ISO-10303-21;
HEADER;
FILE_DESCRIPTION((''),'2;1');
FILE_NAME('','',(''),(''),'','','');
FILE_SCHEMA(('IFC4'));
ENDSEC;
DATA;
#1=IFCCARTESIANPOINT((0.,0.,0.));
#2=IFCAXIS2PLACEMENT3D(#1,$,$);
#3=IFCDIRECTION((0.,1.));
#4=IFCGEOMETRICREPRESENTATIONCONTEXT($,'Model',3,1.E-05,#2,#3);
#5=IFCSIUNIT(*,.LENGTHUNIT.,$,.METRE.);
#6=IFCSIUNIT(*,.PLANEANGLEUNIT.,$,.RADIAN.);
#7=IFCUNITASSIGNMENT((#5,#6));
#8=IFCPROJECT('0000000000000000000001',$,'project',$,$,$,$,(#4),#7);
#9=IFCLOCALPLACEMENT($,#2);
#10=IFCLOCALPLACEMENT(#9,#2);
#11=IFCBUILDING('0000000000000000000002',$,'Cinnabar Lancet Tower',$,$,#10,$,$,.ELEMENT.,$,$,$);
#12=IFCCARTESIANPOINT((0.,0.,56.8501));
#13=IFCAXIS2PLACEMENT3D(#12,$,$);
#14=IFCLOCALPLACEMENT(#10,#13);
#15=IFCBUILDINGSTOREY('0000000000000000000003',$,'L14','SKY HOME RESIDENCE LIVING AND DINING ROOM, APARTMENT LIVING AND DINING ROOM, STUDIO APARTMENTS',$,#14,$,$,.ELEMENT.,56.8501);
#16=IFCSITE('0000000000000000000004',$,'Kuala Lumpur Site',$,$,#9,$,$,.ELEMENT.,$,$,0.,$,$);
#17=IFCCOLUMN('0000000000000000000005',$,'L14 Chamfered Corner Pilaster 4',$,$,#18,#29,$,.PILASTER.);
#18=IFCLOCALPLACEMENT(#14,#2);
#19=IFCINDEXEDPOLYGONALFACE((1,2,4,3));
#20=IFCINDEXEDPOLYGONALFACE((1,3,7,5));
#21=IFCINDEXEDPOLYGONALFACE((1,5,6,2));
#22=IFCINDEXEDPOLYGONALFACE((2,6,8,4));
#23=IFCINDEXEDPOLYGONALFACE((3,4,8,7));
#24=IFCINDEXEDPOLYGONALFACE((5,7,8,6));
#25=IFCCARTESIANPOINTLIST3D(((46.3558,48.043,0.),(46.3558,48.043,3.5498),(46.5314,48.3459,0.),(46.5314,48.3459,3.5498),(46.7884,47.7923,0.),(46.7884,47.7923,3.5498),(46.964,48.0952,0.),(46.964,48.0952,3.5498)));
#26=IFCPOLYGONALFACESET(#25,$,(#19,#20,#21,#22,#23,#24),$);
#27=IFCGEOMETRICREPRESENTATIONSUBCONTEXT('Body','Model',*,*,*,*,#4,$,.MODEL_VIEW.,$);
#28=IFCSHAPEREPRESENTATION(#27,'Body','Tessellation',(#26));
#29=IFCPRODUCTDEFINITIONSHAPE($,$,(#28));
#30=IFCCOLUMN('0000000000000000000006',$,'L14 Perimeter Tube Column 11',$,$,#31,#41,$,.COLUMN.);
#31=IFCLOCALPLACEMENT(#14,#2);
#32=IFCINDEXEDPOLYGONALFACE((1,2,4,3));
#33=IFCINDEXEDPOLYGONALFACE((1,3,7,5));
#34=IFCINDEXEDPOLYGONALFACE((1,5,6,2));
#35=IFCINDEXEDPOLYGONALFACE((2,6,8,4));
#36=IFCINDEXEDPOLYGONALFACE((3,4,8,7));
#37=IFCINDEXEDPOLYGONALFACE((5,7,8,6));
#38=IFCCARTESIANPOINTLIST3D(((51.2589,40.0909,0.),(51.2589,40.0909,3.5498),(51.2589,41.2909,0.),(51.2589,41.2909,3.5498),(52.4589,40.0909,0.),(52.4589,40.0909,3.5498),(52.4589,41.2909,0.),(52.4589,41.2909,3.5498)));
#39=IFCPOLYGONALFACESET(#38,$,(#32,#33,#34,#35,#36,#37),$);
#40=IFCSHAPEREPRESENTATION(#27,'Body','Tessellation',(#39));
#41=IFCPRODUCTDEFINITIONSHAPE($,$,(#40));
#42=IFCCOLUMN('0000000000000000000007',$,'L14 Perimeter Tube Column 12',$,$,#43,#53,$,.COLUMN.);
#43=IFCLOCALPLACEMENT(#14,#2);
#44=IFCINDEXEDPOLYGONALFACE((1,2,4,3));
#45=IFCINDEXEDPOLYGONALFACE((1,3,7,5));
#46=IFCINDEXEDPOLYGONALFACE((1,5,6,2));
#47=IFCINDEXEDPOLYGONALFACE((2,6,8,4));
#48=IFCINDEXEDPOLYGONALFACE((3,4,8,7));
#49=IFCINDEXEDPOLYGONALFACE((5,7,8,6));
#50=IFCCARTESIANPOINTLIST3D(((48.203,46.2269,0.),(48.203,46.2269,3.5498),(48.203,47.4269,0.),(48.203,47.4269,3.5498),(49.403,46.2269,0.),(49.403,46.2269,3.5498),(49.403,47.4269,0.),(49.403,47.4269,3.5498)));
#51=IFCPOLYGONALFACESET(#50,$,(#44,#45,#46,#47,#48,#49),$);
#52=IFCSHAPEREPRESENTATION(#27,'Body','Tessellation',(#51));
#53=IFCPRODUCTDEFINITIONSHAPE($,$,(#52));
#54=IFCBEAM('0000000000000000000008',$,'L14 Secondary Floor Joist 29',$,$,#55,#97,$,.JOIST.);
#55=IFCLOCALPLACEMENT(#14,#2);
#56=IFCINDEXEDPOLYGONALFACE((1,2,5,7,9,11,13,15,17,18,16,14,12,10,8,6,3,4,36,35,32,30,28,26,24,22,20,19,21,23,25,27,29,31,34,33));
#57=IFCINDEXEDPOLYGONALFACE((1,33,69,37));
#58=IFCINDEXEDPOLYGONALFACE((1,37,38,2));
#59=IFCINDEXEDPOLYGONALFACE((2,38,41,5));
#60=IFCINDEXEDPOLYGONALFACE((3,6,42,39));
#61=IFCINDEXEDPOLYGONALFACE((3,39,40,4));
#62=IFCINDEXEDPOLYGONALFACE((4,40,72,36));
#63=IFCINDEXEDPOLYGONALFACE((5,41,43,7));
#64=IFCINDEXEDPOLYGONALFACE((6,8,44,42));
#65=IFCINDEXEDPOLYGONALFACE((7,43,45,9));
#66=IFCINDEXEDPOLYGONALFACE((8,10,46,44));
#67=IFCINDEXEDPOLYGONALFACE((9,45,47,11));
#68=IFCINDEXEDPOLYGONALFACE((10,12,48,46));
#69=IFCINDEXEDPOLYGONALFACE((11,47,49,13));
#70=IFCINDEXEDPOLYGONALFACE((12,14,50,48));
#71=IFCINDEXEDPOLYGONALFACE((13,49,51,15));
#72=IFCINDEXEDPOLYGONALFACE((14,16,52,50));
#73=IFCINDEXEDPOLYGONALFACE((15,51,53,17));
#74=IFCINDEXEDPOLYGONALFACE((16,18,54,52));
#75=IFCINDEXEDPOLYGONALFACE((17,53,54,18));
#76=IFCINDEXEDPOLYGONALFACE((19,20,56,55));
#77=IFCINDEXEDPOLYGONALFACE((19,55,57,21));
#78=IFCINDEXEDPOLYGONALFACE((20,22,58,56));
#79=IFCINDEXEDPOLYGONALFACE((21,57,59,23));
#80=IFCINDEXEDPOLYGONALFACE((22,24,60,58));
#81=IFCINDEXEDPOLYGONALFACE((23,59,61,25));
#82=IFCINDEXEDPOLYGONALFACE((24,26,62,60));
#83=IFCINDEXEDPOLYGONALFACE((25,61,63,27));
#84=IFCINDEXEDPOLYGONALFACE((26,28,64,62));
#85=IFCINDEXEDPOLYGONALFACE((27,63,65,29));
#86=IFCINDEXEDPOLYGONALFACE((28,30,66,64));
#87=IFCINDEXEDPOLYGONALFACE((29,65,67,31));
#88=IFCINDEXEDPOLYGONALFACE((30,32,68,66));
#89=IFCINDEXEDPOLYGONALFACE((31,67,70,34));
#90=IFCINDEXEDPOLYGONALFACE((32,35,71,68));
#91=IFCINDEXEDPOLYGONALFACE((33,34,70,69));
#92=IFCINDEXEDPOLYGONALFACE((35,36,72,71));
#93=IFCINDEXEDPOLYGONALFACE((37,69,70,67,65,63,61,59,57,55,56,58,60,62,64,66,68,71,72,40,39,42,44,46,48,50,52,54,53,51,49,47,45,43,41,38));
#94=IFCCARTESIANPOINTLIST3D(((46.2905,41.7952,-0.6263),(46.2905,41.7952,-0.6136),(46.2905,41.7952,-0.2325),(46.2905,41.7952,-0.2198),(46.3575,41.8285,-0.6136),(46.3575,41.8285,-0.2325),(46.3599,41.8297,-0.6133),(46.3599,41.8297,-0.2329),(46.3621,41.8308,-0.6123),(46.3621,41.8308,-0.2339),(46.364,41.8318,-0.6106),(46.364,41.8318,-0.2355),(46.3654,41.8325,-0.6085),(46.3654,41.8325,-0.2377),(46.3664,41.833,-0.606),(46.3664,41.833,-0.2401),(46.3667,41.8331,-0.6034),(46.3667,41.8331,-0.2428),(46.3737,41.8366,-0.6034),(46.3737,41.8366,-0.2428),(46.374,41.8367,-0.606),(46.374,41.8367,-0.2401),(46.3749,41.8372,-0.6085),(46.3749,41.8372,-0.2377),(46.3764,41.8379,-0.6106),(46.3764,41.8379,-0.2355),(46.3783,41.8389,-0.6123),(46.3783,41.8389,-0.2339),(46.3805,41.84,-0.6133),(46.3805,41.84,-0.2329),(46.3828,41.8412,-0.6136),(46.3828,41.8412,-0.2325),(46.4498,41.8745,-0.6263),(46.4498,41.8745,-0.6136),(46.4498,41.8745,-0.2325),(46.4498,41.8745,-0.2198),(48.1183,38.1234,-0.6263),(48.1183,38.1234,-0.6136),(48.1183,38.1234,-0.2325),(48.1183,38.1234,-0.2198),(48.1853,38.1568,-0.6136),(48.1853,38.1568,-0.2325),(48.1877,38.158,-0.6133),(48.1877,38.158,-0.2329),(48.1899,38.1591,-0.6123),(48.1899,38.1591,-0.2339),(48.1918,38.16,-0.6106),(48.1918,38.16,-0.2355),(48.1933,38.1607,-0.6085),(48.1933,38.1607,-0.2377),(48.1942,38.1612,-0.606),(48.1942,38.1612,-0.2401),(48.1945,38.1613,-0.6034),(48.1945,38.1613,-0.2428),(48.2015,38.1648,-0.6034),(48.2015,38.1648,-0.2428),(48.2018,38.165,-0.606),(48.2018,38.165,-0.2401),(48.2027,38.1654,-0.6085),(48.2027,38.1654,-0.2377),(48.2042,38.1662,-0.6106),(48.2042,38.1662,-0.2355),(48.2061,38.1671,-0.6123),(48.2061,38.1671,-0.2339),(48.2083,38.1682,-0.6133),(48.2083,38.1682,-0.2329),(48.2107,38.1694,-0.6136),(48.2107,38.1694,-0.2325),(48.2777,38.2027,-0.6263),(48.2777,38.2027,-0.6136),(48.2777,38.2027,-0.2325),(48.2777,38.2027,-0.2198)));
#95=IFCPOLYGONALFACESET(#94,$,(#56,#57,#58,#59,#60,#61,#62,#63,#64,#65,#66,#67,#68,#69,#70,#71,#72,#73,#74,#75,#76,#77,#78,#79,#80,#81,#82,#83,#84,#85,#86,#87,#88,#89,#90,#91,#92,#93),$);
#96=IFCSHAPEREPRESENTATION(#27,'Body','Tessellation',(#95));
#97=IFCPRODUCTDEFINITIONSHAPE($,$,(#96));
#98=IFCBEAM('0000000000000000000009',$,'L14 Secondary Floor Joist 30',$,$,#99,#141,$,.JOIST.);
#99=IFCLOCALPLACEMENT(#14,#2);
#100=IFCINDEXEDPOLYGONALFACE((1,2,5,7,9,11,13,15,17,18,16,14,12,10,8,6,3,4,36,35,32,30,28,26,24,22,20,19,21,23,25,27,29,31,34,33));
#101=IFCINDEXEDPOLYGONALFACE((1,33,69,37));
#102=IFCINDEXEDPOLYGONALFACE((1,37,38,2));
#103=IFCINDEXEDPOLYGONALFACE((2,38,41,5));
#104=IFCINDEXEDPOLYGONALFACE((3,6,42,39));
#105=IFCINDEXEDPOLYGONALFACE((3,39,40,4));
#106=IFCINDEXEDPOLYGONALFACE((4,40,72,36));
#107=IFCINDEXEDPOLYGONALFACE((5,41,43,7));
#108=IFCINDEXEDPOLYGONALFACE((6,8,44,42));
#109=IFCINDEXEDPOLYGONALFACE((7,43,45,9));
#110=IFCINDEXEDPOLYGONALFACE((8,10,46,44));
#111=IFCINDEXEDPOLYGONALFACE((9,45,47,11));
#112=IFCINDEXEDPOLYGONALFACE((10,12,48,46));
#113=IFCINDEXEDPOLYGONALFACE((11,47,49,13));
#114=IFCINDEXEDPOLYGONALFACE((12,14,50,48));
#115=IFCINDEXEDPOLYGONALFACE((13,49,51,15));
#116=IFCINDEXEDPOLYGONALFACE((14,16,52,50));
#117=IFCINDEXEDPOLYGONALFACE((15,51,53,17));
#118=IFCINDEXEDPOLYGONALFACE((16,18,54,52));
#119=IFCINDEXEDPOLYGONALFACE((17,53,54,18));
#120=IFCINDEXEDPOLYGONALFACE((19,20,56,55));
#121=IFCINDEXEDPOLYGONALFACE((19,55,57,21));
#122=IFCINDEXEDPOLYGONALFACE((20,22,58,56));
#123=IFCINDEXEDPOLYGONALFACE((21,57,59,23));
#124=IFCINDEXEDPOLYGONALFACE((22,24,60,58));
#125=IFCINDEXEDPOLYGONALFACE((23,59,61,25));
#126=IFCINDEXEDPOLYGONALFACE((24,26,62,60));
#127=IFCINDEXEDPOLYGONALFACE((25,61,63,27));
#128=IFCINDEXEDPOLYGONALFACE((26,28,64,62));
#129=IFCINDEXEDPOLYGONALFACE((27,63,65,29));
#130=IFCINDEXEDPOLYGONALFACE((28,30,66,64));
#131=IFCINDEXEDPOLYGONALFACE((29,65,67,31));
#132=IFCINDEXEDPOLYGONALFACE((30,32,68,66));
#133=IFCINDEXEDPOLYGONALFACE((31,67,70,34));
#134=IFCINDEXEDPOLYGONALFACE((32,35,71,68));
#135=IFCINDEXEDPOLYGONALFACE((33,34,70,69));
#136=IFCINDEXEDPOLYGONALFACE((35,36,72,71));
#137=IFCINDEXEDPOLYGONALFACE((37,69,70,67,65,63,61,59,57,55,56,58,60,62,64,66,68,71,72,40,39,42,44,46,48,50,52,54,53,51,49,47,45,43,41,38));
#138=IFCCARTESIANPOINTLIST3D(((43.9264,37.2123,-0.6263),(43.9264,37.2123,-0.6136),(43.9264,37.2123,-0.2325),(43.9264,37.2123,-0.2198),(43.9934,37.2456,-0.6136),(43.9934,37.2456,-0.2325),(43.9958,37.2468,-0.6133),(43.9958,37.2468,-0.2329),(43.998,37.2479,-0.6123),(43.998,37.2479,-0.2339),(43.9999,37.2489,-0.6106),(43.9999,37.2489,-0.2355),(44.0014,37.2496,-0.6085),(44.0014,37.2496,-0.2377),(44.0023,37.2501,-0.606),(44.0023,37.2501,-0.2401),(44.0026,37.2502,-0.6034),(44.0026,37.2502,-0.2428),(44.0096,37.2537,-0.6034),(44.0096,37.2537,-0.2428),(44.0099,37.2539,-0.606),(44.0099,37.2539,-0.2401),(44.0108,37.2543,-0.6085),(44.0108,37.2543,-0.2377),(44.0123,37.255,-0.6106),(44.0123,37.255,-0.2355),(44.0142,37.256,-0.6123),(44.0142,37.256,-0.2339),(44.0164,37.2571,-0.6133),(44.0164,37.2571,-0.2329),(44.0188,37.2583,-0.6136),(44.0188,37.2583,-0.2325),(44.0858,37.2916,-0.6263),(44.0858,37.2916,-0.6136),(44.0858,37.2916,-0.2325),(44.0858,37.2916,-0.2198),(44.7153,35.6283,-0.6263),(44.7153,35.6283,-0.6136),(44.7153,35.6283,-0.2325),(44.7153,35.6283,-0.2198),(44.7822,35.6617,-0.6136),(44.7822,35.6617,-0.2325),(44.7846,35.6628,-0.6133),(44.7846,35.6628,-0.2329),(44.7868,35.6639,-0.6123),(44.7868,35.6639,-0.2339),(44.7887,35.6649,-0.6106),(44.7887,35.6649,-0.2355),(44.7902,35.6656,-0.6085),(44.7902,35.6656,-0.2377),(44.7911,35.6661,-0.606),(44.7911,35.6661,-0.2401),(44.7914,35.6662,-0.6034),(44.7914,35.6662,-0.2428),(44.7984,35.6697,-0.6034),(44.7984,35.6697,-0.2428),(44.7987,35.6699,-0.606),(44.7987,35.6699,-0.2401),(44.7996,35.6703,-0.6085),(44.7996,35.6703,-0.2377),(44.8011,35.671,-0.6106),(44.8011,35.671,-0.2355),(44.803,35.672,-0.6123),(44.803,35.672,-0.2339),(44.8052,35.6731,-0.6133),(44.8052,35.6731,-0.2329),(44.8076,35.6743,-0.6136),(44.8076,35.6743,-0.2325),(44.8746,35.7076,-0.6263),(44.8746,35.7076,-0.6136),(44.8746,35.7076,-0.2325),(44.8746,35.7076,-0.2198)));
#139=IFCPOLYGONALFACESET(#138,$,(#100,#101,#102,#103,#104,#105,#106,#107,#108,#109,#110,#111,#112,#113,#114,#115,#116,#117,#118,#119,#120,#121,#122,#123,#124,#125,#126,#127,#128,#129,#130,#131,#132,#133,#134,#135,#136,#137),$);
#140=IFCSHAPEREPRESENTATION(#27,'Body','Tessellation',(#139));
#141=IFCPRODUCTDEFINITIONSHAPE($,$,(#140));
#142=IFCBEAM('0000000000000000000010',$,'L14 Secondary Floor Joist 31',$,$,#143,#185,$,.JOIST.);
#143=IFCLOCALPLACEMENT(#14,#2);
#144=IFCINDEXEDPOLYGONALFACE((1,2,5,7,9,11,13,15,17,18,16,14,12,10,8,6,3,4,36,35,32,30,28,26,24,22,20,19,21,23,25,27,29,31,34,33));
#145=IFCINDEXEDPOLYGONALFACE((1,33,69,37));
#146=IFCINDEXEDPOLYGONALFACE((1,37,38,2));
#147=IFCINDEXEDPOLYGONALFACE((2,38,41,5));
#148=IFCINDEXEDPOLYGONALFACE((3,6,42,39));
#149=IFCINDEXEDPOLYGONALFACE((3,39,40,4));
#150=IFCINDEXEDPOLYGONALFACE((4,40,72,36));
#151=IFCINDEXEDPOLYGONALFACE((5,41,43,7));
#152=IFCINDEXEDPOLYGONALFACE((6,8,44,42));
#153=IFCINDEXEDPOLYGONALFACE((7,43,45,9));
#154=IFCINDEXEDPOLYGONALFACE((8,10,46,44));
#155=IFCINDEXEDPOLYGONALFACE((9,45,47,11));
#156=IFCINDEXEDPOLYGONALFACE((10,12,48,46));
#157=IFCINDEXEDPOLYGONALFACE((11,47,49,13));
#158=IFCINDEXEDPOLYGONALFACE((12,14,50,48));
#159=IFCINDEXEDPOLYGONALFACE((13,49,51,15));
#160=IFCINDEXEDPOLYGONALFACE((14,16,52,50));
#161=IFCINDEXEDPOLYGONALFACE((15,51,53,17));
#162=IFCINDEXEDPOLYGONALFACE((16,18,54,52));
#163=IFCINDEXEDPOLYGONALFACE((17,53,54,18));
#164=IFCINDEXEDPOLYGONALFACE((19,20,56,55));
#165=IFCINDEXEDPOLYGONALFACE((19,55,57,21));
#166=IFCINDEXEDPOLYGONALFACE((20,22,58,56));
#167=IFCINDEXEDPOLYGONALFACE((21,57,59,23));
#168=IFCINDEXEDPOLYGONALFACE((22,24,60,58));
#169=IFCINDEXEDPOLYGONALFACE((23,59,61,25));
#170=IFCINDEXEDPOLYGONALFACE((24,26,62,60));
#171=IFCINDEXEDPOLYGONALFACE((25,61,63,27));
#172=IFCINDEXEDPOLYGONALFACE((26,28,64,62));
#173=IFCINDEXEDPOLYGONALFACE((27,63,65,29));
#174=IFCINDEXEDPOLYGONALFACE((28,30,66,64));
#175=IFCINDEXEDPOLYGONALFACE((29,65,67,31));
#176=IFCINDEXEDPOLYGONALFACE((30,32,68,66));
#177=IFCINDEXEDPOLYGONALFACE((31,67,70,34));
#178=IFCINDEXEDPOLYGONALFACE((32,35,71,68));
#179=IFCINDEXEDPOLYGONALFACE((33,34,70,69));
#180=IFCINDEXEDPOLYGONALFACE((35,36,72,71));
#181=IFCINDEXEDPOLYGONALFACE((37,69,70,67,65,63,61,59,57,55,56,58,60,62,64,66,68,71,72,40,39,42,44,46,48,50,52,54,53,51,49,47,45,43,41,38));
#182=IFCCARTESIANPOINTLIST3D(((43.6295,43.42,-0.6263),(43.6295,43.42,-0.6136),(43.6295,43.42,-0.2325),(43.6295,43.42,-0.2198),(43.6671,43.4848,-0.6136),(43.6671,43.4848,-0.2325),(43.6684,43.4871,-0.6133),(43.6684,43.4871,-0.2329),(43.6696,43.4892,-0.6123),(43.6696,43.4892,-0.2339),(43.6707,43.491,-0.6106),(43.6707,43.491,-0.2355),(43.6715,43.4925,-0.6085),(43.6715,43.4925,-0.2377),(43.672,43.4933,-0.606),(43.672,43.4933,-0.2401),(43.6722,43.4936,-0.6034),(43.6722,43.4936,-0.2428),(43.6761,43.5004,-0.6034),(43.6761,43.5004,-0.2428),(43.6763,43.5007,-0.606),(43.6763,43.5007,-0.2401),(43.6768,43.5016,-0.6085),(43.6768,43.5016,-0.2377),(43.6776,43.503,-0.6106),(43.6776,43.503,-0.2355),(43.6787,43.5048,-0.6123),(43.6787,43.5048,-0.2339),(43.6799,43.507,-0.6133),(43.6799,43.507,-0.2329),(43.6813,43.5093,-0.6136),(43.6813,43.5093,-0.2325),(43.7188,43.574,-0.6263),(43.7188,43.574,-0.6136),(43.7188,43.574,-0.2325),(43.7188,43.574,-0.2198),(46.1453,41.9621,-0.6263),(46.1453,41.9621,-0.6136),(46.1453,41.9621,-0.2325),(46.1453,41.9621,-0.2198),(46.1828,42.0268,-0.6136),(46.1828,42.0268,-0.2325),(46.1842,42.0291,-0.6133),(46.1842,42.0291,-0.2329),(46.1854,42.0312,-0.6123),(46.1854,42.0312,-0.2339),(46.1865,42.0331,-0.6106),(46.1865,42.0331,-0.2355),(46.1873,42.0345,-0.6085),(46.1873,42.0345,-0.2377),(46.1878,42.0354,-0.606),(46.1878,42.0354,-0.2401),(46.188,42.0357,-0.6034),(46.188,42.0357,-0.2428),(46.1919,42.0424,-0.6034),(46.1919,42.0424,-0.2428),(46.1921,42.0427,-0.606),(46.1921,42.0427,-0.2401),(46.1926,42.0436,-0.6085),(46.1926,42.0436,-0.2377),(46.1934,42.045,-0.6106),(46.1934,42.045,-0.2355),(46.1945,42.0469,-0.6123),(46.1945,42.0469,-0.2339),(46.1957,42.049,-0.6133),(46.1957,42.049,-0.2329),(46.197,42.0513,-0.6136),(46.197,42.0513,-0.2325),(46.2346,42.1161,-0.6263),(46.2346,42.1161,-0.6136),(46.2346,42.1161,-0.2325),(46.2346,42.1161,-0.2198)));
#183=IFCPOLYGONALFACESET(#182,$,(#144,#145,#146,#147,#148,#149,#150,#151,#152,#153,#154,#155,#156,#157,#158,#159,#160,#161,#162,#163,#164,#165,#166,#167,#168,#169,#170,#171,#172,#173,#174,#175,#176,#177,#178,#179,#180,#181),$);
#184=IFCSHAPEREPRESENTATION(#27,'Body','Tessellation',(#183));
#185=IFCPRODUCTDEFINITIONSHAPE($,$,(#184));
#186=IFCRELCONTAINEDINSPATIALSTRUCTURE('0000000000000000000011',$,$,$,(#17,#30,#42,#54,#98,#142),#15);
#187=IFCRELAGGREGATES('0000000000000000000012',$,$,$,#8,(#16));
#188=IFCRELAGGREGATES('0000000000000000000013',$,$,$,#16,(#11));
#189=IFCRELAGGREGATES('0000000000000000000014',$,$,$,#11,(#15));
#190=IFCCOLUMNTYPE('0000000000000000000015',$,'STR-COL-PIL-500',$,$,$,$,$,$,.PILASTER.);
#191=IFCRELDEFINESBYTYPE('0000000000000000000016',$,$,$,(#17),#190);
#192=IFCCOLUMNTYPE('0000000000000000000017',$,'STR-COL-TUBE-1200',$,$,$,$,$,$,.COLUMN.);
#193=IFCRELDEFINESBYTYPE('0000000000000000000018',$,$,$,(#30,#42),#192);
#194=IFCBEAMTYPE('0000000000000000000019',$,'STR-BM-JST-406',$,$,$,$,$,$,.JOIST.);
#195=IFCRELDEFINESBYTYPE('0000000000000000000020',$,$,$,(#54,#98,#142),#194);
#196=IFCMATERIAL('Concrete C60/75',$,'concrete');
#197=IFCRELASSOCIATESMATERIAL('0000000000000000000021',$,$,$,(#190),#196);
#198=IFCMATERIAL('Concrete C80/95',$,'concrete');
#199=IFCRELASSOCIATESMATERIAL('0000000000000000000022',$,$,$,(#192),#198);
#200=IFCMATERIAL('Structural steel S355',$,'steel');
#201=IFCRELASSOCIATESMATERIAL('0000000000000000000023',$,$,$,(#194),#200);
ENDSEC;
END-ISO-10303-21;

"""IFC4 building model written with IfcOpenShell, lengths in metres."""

from ifc_helpers import new_model, si_unit, direction, frame, origin, origin_2d, place, context, subcontext, project, spatial, rectangle, i_section, extrude, material, material_profile, profile_set, type_object, element, save


model = new_model("IFC4")

# Units and contexts
model_context = context("Model", 3, precision=1e-05, world=origin(), true_north=direction((0.0, 1.0)))
body_context = subcontext(model_context, "Body", "Model", "MODEL_VIEW")
ifc_project = project(units=[si_unit("LENGTHUNIT", "METRE"), si_unit("PLANEANGLEUNIT", "RADIAN")], contexts=[model_context])

# Site, building, storey
site_placement = place(None, origin())
site = spatial("IfcSite", under=ifc_project, at=site_placement, Name="Kuala Lumpur Site", CompositionType="ELEMENT", RefElevation=0.0)
building_placement = place(site_placement, origin())
building = spatial("IfcBuilding", under=site, at=building_placement, Name="Cinnabar Lancet Tower", CompositionType="ELEMENT")
storey_placement = place(building_placement, frame((0.0, 0.0, 56.8501)))
storey = spatial("IfcBuildingStorey", under=building, at=storey_placement, Name="L14", Description="SKY HOME RESIDENCE LIVING AND DINING ROOM, APARTMENT LIVING AND DINING ROOM, STUDIO APARTMENTS", CompositionType="ELEMENT", Elevation=56.8501)

# Columns
ifc_material_1 = material(Name="Concrete C60/75", Category="concrete")
ifc_material_profile_1 = material_profile(ifc_material_1, rectangle(XDim=0.5, YDim=0.3501, at=origin_2d()), Name="RC-PIL 500x350")
ifc_profile_set_1 = profile_set([ifc_material_profile_1], Name="Concrete C60/75")
column_type_1 = type_object("IfcColumnType", Name="STR-COL-PIL-500", PredefinedType="PILASTER", material=ifc_profile_set_1)
column_placement = place(storey_placement, frame((46.6599, 48.0691, 0.0), z_axis=(0.0, 0.0, 1.0), x_axis=(-0.865195, 0.501435, 0.0)))
element("IfcColumn", 1, at=column_placement, inside=storey, type_object=column_type_1, Name="L14 Chamfered Corner Pilaster 4", PredefinedType="PILASTER", context=body_context, shape_type="SweptSolid", body=[
    extrude(rectangle(XDim=0.5, YDim=0.3501, at=origin_2d()), origin(), (0.0, 0.0, 1.0), 3.5498),
])
ifc_material_2 = material(Name="Concrete C80/95", Category="concrete")
ifc_material_profile_2 = material_profile(ifc_material_2, rectangle(XDim=1.2, YDim=1.2, at=origin_2d()), Name="RC-COL 1200x1200")
ifc_profile_set_2 = profile_set([ifc_material_profile_2], Name="Concrete C80/95")
column_type_2 = type_object("IfcColumnType", Name="STR-COL-TUBE-1200", PredefinedType="COLUMN", material=ifc_profile_set_2)
for number, where, z_axis, x_axis, name in (
    (2, (51.8589, 40.6909, 0.0), (0.0, 0.0, 1.0), (1.0, 0.0, 0.0), "L14 Perimeter Tube Column 11"),
    (3, (48.803, 46.8269, 0.0), (0.0, 0.0, 1.0), (1.0, 0.0, 0.0), "L14 Perimeter Tube Column 12"),
):
    element("IfcColumn", number, at=place(storey_placement, frame(where, z_axis=z_axis, x_axis=x_axis)), inside=storey, type_object=column_type_2, Name=name, PredefinedType="COLUMN", context=body_context, shape_type="SweptSolid", body=[
        extrude(rectangle(XDim=1.2, YDim=1.2, at=origin_2d()), origin(), (0.0, 0.0, 1.0), 3.5498),
    ])

# Beams
ifc_material_3 = material(Name="Structural steel S355", Category="steel")
ifc_material_profile_3 = material_profile(ifc_material_3, i_section(OverallWidth=0.178, OverallDepth=0.4065, WebThickness=0.0078, FlangeThickness=0.0127, FilletRadius=0.0103, at=origin_2d()), Name="UKB 406x178x60")
ifc_profile_set_3 = profile_set([ifc_material_profile_3], Name="Structural steel S355")
beam_type_1 = type_object("IfcBeamType", Name="STR-BM-JST-406", PredefinedType="JOIST", material=ifc_profile_set_3)
beam_1_placement = place(storey_placement, frame((48.198, 38.1631, -0.4231), z_axis=(-0.445642, 0.895212, 0.0), x_axis=(-0.895212, -0.445642, 0.0)))
element("IfcBeam", 4, at=beam_1_placement, inside=storey, type_object=beam_type_1, Name="L14 Secondary Floor Joist 29", PredefinedType="JOIST", context=body_context, shape_type="SweptSolid", body=[
    extrude(i_section(OverallWidth=0.178, OverallDepth=0.4065, WebThickness=0.0078, FlangeThickness=0.0127, FilletRadius=0.0103, at=origin_2d()), origin(), (0.0, 0.0, 1.0), 4.1016),
])
beam_2_placement = place(storey_placement, frame((44.7949, 35.668, -0.4231), z_axis=(-0.445778, 0.895143, 0.0), x_axis=(-0.895143, -0.445778, 0.0)))
element("IfcBeam", 5, at=beam_2_placement, inside=storey, type_object=beam_type_1, Name="L14 Secondary Floor Joist 30", PredefinedType="JOIST", context=body_context, shape_type="SweptSolid", body=[
    extrude(i_section(OverallWidth=0.178, OverallDepth=0.4065, WebThickness=0.0078, FlangeThickness=0.0127, FilletRadius=0.0103, at=origin_2d()), origin(), (0.0, 0.0, 1.0), 1.7695),
])
beam_3_placement = place(storey_placement, frame((46.1899, 42.0391, -0.4231), z_axis=(-0.86521, 0.50141, 0.0), x_axis=(-0.50141, -0.86521, 0.0)))
element("IfcBeam", 6, at=beam_3_placement, inside=storey, type_object=beam_type_1, Name="L14 Secondary Floor Joist 31", PredefinedType="JOIST", context=body_context, shape_type="SweptSolid", body=[
    extrude(i_section(OverallWidth=0.178, OverallDepth=0.4065, WebThickness=0.0078, FlangeThickness=0.0127, FilletRadius=0.0103, at=origin_2d()), origin(), (0.0, 0.0, 1.0), 2.9077),
])

save(model, "model.ifc")
